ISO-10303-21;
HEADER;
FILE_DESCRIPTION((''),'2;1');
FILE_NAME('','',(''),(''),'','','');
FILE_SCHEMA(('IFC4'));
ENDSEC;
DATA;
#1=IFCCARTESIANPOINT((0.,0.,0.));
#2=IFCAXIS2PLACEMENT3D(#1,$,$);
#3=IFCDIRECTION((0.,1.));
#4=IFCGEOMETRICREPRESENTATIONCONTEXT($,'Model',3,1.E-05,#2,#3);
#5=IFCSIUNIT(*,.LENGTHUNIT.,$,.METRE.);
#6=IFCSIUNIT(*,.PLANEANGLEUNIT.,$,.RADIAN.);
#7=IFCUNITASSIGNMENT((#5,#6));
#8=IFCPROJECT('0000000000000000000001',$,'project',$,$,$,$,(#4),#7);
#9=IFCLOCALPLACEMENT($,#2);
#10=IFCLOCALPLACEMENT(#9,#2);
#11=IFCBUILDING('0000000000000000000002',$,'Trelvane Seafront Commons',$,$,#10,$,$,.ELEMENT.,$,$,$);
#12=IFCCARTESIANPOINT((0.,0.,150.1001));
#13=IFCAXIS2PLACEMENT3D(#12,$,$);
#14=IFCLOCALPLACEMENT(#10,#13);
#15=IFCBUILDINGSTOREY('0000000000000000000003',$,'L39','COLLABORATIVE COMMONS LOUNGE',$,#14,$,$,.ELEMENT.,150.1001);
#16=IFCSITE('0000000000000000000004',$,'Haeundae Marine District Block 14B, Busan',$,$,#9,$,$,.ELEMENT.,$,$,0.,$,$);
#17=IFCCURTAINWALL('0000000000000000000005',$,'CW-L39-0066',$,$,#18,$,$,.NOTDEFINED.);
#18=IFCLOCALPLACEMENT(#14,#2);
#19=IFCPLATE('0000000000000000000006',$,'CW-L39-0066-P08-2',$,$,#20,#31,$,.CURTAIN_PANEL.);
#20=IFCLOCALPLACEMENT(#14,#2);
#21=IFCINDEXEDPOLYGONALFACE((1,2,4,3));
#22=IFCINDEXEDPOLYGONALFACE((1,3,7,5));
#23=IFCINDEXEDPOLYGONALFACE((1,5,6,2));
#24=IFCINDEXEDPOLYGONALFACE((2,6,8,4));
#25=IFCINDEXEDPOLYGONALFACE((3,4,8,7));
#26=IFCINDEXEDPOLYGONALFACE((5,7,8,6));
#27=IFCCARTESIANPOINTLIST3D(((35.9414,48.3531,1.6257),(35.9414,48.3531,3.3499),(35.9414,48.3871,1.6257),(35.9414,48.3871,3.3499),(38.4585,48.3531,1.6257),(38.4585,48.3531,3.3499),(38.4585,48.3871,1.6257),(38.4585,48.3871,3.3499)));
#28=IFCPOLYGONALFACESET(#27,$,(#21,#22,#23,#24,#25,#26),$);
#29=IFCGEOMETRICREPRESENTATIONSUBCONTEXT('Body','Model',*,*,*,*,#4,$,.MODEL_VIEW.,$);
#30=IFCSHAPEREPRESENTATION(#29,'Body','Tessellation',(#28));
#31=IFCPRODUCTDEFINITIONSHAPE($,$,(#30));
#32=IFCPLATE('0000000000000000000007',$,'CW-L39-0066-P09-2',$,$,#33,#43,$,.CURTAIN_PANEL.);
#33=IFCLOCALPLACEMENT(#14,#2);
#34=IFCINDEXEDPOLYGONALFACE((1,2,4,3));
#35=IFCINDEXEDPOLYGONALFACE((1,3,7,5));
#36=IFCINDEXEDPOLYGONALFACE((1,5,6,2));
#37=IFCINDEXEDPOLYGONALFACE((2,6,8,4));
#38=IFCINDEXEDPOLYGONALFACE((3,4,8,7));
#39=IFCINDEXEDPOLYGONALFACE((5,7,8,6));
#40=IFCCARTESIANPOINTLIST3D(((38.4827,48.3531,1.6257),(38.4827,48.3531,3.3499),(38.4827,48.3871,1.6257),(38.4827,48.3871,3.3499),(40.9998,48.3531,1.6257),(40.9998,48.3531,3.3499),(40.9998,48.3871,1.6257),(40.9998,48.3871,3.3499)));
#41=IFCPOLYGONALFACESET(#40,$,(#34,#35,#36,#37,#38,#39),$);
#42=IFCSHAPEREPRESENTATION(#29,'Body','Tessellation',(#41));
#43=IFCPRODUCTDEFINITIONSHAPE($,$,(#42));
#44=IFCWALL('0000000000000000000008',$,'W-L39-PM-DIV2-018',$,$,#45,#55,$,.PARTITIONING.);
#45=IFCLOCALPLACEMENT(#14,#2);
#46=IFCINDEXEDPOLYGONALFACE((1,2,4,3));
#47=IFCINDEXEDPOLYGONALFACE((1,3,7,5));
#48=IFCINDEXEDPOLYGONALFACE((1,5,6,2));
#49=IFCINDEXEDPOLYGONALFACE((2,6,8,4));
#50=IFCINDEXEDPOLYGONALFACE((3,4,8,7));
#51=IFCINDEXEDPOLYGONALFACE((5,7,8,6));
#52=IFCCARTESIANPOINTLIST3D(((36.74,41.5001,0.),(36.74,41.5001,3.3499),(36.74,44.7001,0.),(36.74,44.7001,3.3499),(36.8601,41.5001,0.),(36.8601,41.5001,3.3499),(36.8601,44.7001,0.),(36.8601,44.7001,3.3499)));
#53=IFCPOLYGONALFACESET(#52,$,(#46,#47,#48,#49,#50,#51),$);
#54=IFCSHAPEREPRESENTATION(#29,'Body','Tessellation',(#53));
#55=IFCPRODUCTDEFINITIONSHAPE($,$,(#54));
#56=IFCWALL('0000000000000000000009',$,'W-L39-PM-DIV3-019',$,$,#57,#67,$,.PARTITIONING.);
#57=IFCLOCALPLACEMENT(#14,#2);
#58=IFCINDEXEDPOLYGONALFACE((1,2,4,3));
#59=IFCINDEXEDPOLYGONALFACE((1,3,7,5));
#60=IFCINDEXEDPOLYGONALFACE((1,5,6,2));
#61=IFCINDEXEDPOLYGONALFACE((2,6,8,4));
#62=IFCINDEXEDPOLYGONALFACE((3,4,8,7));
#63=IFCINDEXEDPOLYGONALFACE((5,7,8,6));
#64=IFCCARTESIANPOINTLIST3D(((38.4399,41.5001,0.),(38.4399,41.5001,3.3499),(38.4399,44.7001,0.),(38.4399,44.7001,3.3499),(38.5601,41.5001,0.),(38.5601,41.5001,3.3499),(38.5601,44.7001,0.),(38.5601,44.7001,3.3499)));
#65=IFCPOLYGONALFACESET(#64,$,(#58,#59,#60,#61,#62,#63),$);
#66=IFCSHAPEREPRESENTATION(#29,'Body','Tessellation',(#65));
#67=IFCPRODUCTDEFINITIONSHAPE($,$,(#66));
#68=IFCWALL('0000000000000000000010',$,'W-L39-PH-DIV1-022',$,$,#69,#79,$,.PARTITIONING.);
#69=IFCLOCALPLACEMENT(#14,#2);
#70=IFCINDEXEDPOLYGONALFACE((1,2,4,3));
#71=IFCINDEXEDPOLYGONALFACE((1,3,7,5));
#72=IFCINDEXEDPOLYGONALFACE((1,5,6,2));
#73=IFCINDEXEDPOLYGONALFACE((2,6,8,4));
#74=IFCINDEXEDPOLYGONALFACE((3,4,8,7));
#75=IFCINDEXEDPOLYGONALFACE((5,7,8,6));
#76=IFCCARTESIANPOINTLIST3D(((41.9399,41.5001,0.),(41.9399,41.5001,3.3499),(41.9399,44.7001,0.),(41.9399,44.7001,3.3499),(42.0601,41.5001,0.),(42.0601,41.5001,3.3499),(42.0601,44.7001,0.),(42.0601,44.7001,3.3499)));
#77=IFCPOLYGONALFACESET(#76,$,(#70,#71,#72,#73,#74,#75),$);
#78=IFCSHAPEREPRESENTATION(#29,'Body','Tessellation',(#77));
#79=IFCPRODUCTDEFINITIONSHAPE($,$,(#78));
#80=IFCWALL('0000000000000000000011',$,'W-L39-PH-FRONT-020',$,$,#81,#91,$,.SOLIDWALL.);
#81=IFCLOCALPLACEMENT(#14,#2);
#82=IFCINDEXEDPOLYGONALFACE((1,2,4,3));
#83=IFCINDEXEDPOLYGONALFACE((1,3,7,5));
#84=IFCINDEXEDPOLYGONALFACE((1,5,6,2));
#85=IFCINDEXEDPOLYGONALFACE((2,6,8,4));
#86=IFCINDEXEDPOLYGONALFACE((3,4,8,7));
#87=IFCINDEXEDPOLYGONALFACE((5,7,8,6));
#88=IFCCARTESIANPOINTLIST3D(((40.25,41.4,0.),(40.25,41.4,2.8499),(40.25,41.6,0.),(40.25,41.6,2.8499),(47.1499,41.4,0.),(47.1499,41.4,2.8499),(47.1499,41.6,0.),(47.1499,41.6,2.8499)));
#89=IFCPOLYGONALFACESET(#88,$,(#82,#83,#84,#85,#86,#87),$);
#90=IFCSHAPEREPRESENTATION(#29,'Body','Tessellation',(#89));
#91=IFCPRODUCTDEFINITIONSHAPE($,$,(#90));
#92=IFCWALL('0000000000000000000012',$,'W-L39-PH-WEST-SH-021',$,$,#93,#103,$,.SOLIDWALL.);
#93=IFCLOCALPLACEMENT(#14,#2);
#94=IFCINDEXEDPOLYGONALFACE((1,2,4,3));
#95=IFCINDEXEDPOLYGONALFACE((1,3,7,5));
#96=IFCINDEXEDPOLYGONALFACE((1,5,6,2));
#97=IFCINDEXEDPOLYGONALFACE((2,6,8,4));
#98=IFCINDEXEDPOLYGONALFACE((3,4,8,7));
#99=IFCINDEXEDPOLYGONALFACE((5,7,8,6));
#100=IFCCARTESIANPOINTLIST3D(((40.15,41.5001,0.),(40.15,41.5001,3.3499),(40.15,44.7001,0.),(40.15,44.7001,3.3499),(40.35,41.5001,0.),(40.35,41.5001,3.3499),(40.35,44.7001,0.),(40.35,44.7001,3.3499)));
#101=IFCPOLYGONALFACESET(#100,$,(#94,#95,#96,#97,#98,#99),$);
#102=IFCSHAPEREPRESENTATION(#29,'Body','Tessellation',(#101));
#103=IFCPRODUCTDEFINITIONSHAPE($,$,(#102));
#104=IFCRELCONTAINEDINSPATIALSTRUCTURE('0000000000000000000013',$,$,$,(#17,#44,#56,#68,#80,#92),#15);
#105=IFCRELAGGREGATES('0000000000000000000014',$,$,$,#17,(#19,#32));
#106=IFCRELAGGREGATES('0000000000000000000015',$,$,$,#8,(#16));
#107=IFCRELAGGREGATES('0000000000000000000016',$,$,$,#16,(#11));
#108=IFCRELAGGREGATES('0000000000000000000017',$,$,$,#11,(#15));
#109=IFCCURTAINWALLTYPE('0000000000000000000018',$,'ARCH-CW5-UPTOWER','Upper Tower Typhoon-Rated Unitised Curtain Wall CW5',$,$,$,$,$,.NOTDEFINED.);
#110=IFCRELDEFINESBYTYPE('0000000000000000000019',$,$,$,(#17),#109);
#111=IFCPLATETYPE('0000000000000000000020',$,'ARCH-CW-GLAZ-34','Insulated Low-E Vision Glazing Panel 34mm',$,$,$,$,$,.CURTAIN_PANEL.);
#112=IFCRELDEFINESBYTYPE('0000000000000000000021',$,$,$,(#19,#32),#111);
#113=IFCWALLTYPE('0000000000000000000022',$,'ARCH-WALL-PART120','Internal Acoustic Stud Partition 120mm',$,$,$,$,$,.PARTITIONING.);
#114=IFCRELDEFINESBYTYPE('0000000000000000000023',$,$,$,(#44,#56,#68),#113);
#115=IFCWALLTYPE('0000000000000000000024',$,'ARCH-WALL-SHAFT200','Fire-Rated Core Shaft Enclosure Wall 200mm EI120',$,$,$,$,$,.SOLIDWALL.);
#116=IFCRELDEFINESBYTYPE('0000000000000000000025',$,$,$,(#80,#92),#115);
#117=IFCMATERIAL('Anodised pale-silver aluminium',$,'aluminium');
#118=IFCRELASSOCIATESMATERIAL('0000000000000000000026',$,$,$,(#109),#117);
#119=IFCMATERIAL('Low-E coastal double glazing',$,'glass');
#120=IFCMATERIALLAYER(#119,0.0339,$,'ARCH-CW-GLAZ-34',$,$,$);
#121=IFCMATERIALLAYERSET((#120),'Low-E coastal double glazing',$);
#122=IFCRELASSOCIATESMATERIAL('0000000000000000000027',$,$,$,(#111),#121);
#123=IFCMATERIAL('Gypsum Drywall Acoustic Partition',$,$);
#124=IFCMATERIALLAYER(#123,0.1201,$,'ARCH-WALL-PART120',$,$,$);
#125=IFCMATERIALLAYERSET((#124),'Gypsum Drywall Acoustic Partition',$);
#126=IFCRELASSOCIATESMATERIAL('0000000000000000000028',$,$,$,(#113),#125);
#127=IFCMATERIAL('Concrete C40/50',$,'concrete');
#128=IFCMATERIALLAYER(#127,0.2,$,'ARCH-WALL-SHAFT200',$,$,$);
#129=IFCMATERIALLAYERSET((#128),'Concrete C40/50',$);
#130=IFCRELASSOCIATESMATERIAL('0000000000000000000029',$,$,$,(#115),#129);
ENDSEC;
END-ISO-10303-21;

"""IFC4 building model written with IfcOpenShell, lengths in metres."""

from ifc_helpers import new_model, si_unit, direction, frame, frame_2d, origin, origin_2d, place, context, subcontext, project, spatial, rectangle, extrude, source, transform, mapped, material, layer, layer_set, type_object, element, aggregate, save


model = new_model("IFC4")

# Units and contexts
model_context = context("Model", 3, precision=1e-05, world=origin(), true_north=direction((0.0, 1.0)))
body_context = subcontext(model_context, "Body", "Model", "MODEL_VIEW")
ifc_project = project(units=[si_unit("LENGTHUNIT", "METRE"), si_unit("PLANEANGLEUNIT", "RADIAN")], contexts=[model_context])

# Site, building, storey
site_placement = place(None, origin())
site = spatial("IfcSite", under=ifc_project, at=site_placement, Name="Haeundae Marine District Block 14B, Busan", CompositionType="ELEMENT", RefElevation=0.0)
building_placement = place(site_placement, origin())
building = spatial("IfcBuilding", under=site, at=building_placement, Name="Trelvane Seafront Commons", CompositionType="ELEMENT")
storey_placement = place(building_placement, frame((0.0, 0.0, 150.1001)))
storey = spatial("IfcBuildingStorey", under=building, at=storey_placement, Name="L39", Description="COLLABORATIVE COMMONS LOUNGE", CompositionType="ELEMENT", Elevation=150.1001)

# Curtain wall
ifc_material_1 = material(Name="Anodised pale-silver aluminium", Category="aluminium")
curtain_wall_type = type_object("IfcCurtainWallType", Name="ARCH-CW5-UPTOWER", Description="Upper Tower Typhoon-Rated Unitised Curtain Wall CW5", PredefinedType="NOTDEFINED", material=ifc_material_1)
curtain_wall_placement = place(storey_placement, origin())
curtain_wall = element("IfcCurtainWall", 1, at=curtain_wall_placement, inside=storey, type_object=curtain_wall_type, Name="CW-L39-0066", PredefinedType="NOTDEFINED")

# Plates
ifc_material_2 = material(Name="Low-E coastal double glazing", Category="glass")
ifc_layer_1 = layer(ifc_material_2, 0.0339, Name="ARCH-CW-GLAZ-34")
ifc_layer_set_1 = layer_set([ifc_layer_1], Name="Low-E coastal double glazing")
plate_type_1 = type_object("IfcPlateType", Name="ARCH-CW-GLAZ-34", Description="Insulated Low-E Vision Glazing Panel 34mm", PredefinedType="CURTAIN_PANEL", material=ifc_layer_set_1)
shared_shape_1 = source(origin(), body_context, "Body", "SweptSolid", [
    extrude(rectangle(XDim=2.5171, YDim=0.0339, at=origin_2d()), origin(), (0.0, 0.0, 1.0), 1.7241),
])
plate_1_placement = place(storey_placement, frame((37.2, 48.3701, 1.6257), z_axis=(0.0, 0.0, 1.0), x_axis=(1.0, 0.0, 0.0)))
plate_1 = element("IfcPlate", 2, at=plate_1_placement, type_object=plate_type_1, Name="CW-L39-0066-P08-2", PredefinedType="CURTAIN_PANEL", context=body_context, shape_type="MappedRepresentation", body=[
    mapped(shared_shape_1, transform((0.0, 0.0, 0.0), x_axis=(1.0, 0.0, 0.0), y_axis=(0.0, 1.0, 0.0), z_axis=(0.0, 0.0, 1.0), scale=1.0)),
])
plate_2_placement = place(storey_placement, frame((39.7412, 48.3701, 1.6257), z_axis=(0.0, 0.0, 1.0), x_axis=(1.0, 0.0, 0.0)))
plate_2 = element("IfcPlate", 3, at=plate_2_placement, type_object=plate_type_1, Name="CW-L39-0066-P09-2", PredefinedType="CURTAIN_PANEL", context=body_context, shape_type="MappedRepresentation", body=[
    mapped(shared_shape_1, transform((0.0, 0.0, 0.0), x_axis=(1.0, 0.0, 0.0), y_axis=(0.0, 1.0, 0.0), z_axis=(0.0, 0.0, 1.0), scale=1.0)),
])
aggregate(curtain_wall, [plate_1, plate_2])

# Walls
ifc_material_3 = material(Name="Gypsum Drywall Acoustic Partition")
ifc_layer_2 = layer(ifc_material_3, 0.1201, Name="ARCH-WALL-PART120")
ifc_layer_set_2 = layer_set([ifc_layer_2], Name="Gypsum Drywall Acoustic Partition")
wall_type_1 = type_object("IfcWallType", Name="ARCH-WALL-PART120", Description="Internal Acoustic Stud Partition 120mm", PredefinedType="PARTITIONING", material=ifc_layer_set_2)
for number, where, z_axis, x_axis, name in (
    (4, (36.8, 41.5, 0.0), (0.0, 0.0, 1.0), (0.0, 1.0, 0.0), "W-L39-PM-DIV2-018"),
    (5, (38.5, 41.5, 0.0), (0.0, 0.0, 1.0), (0.0, 1.0, 0.0), "W-L39-PM-DIV3-019"),
    (6, (42.0, 41.5, 0.0), (0.0, 0.0, 1.0), (0.0, 1.0, 0.0), "W-L39-PH-DIV1-022"),
):
    element("IfcWall", number, at=place(storey_placement, frame(where, z_axis=z_axis, x_axis=x_axis)), inside=storey, type_object=wall_type_1, Name=name, PredefinedType="PARTITIONING", context=body_context, shape_type="SweptSolid", body=[
        extrude(rectangle(XDim=3.2, YDim=0.1201, at=frame_2d((1.6001, 0.0))), origin(), (0.0, 0.0, 1.0), 3.3499),
    ])

# Walls
ifc_material_4 = material(Name="Concrete C40/50", Category="concrete")
ifc_layer_3 = layer(ifc_material_4, 0.2, Name="ARCH-WALL-SHAFT200")
ifc_layer_set_3 = layer_set([ifc_layer_3], Name="Concrete C40/50")
wall_type_2 = type_object("IfcWallType", Name="ARCH-WALL-SHAFT200", Description="Fire-Rated Core Shaft Enclosure Wall 200mm EI120", PredefinedType="SOLIDWALL", material=ifc_layer_set_3)
wall_1_placement = place(storey_placement, frame((40.25, 41.5, 0.0), z_axis=(0.0, 0.0, 1.0), x_axis=(1.0, 0.0, 0.0)))
element("IfcWall", 7, at=wall_1_placement, inside=storey, type_object=wall_type_2, Name="W-L39-PH-FRONT-020", PredefinedType="SOLIDWALL", context=body_context, shape_type="SweptSolid", body=[
    extrude(rectangle(XDim=6.8999, YDim=0.2, at=frame_2d((3.45, 0.0))), origin(), (0.0, 0.0, 1.0), 2.8499),
])
wall_2_placement = place(storey_placement, frame((40.25, 41.5, 0.0), z_axis=(0.0, 0.0, 1.0), x_axis=(0.0, 1.0, 0.0)))
element("IfcWall", 8, at=wall_2_placement, inside=storey, type_object=wall_type_2, Name="W-L39-PH-WEST-SH-021", PredefinedType="SOLIDWALL", context=body_context, shape_type="SweptSolid", body=[
    extrude(rectangle(XDim=3.2, YDim=0.2, at=frame_2d((1.6001, 0.0))), origin(), (0.0, 0.0, 1.0), 3.3499),
])

save(model, "model.ifc")
